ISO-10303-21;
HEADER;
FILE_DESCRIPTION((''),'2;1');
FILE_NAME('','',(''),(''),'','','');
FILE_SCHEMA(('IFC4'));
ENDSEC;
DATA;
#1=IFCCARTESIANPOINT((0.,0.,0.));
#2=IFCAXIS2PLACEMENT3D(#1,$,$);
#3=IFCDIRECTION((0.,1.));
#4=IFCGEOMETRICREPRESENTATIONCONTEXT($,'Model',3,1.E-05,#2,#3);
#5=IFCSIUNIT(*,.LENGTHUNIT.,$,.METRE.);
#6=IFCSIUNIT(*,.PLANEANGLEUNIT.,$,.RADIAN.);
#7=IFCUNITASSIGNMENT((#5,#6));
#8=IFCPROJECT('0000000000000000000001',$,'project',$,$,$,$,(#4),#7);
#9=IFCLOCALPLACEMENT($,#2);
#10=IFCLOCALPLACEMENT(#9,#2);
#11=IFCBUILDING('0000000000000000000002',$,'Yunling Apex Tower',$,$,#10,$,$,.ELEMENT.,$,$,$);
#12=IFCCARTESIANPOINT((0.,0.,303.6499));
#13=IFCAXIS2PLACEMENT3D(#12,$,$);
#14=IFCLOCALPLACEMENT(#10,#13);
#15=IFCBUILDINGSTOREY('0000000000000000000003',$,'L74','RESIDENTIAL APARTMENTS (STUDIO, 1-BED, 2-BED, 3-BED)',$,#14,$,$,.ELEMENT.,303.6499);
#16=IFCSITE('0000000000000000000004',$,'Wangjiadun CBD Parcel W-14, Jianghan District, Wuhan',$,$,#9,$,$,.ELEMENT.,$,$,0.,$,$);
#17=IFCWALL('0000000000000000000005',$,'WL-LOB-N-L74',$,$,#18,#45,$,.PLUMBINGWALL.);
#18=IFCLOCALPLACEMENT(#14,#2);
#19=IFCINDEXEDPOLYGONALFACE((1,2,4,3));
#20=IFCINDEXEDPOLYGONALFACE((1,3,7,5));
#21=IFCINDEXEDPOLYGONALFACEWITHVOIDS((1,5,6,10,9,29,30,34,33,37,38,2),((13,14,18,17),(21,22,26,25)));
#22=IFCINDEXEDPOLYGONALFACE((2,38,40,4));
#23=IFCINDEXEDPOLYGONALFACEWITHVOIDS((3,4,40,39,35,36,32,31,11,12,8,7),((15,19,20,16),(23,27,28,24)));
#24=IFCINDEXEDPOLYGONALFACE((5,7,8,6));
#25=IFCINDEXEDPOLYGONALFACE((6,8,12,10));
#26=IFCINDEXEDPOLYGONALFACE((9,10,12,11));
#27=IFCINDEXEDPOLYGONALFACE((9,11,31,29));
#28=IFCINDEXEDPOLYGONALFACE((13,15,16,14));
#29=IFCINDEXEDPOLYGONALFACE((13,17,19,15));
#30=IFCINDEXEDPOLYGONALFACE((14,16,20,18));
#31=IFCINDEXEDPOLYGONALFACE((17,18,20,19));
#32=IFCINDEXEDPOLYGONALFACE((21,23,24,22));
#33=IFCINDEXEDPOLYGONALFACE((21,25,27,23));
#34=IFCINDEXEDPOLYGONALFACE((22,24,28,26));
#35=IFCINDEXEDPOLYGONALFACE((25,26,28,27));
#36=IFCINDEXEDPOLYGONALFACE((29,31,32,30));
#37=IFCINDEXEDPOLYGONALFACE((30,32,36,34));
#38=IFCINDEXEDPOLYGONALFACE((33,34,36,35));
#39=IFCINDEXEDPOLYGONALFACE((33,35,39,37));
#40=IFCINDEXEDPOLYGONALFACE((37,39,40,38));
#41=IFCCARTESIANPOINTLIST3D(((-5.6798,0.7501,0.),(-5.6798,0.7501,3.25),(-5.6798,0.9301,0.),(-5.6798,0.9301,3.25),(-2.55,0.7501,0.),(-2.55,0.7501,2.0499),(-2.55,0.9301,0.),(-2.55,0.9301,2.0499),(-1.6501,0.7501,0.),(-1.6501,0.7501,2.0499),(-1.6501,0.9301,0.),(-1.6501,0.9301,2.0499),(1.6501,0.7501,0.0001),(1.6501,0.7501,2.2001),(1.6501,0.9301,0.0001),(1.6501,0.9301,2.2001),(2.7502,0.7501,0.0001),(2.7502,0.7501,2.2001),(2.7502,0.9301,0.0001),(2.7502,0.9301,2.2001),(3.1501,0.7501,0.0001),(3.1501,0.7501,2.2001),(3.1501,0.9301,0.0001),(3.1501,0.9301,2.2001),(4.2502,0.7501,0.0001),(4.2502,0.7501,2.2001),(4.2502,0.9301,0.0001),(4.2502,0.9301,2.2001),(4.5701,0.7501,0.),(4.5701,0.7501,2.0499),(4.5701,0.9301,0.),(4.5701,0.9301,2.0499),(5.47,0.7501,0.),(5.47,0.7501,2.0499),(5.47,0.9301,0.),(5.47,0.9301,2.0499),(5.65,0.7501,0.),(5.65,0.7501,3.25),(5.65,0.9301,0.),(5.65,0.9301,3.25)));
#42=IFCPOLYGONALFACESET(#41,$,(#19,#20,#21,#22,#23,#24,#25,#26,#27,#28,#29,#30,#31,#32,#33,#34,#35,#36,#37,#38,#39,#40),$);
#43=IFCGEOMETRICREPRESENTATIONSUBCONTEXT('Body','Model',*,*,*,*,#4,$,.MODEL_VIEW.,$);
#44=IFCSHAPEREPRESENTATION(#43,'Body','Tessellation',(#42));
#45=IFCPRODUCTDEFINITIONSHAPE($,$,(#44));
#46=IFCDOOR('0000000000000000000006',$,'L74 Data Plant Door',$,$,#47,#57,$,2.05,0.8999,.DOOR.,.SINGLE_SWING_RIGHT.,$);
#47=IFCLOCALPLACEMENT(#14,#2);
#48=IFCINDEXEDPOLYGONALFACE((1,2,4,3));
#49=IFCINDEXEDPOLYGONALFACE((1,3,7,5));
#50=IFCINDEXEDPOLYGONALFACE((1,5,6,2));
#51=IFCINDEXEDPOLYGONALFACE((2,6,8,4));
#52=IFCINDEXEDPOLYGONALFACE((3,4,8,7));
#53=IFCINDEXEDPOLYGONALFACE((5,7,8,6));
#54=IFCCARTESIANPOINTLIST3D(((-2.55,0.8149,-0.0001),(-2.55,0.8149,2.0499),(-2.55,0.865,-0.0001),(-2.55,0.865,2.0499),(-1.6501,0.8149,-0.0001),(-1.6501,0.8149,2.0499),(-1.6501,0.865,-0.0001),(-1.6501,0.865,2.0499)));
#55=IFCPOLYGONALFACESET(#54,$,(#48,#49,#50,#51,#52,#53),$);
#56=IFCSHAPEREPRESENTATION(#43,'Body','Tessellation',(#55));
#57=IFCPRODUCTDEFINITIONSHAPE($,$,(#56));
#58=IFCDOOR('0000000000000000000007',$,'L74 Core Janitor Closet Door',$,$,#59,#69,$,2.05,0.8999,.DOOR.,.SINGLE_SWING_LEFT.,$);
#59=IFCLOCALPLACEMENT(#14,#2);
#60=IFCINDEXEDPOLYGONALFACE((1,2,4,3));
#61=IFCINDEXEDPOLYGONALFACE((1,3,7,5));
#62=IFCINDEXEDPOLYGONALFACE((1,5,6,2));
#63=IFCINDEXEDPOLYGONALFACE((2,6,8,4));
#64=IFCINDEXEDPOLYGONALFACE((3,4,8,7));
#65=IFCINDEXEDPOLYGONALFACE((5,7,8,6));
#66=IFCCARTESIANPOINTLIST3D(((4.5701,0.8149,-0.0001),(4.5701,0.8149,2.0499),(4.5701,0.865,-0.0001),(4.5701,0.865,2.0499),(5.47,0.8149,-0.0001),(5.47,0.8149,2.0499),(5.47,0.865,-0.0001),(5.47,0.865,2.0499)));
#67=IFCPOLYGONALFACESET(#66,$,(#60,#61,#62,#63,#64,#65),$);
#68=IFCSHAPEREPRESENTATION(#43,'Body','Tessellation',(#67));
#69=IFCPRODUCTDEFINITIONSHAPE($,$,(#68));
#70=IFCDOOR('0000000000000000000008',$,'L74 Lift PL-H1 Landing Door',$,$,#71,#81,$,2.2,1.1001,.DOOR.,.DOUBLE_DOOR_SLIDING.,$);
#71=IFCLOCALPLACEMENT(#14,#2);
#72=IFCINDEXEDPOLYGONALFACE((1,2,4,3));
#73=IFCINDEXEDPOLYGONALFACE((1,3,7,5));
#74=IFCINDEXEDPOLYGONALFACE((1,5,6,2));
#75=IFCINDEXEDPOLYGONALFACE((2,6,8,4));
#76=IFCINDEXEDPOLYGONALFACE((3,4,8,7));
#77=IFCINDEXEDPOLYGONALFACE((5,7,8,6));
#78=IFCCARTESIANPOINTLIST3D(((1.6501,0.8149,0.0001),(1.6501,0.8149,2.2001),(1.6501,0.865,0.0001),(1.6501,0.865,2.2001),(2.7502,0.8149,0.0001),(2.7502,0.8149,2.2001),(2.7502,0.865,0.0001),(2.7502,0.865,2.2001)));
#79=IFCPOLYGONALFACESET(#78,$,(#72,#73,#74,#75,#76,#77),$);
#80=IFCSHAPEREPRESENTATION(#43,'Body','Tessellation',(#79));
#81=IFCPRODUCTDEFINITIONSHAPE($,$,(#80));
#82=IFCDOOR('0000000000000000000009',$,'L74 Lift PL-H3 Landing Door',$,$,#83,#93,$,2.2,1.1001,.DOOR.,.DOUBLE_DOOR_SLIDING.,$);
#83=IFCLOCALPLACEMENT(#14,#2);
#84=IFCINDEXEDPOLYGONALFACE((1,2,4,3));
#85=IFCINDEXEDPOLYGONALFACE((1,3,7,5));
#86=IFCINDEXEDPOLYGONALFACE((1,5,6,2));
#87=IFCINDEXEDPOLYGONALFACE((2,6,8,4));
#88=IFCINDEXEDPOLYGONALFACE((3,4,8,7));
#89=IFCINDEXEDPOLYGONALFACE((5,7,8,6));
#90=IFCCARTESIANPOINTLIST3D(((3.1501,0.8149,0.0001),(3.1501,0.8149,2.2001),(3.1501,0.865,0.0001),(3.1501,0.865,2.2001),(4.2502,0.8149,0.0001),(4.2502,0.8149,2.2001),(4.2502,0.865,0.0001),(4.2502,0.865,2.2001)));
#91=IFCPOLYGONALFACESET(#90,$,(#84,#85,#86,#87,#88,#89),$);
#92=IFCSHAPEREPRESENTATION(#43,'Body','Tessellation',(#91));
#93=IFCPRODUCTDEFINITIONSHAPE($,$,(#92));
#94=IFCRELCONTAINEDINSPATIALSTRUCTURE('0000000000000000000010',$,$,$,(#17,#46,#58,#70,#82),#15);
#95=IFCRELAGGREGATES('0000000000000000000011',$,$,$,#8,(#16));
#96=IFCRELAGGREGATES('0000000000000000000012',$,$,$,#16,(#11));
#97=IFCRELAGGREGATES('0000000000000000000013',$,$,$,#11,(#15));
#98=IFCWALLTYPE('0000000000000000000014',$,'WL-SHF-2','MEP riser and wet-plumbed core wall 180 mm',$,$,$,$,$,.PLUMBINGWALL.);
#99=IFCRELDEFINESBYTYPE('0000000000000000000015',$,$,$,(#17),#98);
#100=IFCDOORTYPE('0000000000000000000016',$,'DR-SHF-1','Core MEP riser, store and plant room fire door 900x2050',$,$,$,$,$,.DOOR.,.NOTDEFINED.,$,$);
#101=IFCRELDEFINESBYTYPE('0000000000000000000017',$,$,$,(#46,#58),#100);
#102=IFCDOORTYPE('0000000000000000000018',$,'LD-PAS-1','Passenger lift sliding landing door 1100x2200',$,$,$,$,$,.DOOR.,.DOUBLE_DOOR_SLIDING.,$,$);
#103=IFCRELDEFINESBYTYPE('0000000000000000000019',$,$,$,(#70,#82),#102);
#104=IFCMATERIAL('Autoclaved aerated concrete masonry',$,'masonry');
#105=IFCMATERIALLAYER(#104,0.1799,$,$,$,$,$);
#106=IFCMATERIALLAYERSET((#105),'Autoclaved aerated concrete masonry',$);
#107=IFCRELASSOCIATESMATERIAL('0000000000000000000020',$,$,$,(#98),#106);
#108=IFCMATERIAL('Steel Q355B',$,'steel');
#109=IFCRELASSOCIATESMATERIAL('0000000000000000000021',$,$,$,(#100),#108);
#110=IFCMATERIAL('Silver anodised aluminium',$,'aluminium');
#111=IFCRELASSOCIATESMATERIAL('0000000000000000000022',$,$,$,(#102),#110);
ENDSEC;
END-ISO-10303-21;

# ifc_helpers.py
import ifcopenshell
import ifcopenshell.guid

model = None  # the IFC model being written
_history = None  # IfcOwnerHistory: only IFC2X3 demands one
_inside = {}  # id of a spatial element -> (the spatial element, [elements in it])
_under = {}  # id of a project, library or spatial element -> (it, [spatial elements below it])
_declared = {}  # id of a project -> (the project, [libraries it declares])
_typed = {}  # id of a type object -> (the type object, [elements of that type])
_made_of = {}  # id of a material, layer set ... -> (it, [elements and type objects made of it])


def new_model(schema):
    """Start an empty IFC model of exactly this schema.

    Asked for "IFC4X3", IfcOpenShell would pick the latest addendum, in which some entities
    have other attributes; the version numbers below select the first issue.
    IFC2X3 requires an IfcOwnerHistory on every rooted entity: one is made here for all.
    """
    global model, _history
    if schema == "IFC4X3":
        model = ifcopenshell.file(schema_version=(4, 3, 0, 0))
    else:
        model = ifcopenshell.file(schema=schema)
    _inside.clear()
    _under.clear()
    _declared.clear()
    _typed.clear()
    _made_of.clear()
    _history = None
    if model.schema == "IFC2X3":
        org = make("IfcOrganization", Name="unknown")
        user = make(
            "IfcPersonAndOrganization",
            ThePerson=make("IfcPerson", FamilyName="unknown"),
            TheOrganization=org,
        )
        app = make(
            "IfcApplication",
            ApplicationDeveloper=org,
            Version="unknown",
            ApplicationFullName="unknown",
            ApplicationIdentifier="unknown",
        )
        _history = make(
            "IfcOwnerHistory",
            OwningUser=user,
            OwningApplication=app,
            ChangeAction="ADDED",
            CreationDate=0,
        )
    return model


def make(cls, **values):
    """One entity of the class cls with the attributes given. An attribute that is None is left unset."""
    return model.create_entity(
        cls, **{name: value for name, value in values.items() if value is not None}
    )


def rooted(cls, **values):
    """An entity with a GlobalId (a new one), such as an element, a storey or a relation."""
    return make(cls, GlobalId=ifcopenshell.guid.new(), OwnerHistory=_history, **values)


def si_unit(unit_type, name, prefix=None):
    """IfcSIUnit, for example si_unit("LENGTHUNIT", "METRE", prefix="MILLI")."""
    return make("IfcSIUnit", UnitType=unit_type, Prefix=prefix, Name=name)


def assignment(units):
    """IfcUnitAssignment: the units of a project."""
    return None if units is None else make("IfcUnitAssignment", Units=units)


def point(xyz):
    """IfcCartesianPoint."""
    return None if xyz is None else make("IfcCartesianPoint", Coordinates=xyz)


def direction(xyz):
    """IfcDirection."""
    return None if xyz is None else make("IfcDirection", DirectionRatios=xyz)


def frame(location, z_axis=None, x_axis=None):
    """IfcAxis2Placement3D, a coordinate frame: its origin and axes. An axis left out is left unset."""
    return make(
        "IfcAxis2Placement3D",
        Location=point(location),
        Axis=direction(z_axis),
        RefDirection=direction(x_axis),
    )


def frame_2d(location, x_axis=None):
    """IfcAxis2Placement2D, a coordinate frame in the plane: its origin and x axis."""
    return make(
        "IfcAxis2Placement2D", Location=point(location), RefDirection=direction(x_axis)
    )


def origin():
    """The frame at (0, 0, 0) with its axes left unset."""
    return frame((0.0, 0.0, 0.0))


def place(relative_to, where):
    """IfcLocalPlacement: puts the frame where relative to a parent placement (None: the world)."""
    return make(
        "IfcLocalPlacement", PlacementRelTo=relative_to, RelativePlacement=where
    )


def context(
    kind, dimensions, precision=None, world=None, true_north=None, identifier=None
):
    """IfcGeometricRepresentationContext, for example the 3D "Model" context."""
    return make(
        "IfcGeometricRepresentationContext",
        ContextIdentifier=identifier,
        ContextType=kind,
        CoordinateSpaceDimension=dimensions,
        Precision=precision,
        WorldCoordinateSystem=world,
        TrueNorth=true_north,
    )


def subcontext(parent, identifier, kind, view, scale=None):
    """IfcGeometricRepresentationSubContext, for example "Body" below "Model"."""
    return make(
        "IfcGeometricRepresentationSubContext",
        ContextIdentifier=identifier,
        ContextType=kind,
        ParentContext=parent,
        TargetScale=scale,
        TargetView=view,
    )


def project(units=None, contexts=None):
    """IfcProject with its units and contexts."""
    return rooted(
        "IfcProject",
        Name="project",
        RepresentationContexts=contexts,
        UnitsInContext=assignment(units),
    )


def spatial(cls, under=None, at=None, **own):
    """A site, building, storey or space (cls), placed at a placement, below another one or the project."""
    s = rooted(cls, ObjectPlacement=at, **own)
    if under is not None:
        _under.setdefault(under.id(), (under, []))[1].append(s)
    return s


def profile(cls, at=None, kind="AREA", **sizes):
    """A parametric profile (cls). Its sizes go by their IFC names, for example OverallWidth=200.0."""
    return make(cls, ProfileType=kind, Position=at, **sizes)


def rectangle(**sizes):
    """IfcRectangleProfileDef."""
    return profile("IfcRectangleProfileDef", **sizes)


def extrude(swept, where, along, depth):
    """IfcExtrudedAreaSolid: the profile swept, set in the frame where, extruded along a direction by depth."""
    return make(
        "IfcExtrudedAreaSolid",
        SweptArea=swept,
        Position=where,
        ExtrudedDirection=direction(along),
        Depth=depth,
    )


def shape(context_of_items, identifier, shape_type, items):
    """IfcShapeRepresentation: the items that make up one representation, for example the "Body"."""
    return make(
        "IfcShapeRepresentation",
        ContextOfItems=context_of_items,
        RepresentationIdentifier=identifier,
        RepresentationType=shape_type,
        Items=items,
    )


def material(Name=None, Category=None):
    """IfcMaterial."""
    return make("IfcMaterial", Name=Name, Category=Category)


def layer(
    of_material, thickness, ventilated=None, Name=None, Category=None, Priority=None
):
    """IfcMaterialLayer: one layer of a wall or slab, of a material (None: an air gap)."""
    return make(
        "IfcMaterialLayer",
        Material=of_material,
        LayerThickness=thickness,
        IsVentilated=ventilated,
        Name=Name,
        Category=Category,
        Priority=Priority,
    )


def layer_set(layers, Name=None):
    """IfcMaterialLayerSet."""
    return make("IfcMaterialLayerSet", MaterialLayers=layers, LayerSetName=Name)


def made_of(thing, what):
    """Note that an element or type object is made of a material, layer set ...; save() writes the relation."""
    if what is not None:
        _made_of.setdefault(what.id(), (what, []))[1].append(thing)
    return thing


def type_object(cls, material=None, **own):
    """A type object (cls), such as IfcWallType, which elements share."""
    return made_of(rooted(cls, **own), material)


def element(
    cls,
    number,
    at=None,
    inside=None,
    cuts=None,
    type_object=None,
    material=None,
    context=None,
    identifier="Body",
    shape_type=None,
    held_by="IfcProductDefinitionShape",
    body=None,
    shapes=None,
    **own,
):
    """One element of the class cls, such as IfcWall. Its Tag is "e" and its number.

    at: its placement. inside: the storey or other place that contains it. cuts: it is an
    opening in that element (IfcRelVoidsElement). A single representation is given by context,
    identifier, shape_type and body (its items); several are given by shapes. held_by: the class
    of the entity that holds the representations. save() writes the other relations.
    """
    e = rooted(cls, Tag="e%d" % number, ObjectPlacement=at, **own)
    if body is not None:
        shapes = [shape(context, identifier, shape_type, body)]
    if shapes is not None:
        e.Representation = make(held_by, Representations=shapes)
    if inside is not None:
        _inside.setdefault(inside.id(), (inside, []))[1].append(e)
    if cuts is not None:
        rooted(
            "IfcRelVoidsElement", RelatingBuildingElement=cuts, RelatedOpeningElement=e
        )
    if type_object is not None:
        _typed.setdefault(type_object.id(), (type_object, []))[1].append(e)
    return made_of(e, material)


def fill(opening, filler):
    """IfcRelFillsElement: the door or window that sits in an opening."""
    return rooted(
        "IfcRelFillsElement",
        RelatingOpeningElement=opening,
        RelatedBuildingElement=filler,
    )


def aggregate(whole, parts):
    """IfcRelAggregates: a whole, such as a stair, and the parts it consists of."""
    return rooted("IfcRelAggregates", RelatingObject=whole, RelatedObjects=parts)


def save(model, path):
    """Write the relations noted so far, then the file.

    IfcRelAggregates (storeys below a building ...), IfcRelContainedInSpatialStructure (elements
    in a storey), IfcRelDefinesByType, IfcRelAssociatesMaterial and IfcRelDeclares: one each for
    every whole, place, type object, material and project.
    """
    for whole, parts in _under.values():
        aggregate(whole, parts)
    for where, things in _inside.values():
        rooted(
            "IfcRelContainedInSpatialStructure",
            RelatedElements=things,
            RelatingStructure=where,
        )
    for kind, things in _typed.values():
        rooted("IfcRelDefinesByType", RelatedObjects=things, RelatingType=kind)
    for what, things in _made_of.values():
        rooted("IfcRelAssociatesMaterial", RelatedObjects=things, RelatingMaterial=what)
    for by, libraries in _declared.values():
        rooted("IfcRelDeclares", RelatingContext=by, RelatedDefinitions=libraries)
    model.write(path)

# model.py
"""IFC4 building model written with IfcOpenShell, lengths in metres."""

from ifc_helpers import new_model, si_unit, direction, frame, frame_2d, origin, place, context, subcontext, project, spatial, rectangle, extrude, material, layer, layer_set, type_object, element, fill, save


model = new_model("IFC4")

# Units and contexts
model_context = context("Model", 3, precision=1e-05, world=origin(), true_north=direction((0.0, 1.0)))
body_context = subcontext(model_context, "Body", "Model", "MODEL_VIEW")
ifc_project = project(units=[si_unit("LENGTHUNIT", "METRE"), si_unit("PLANEANGLEUNIT", "RADIAN")], contexts=[model_context])

# Site, building, storey
site_placement = place(None, origin())
site = spatial("IfcSite", under=ifc_project, at=site_placement, Name="Wangjiadun CBD Parcel W-14, Jianghan District, Wuhan", CompositionType="ELEMENT", RefElevation=0.0)
building_placement = place(site_placement, origin())
building = spatial("IfcBuilding", under=site, at=building_placement, Name="Yunling Apex Tower", CompositionType="ELEMENT")
storey_placement = place(building_placement, frame((0.0, 0.0, 303.6499)))
storey = spatial("IfcBuildingStorey", under=building, at=storey_placement, Name="L74", Description="RESIDENTIAL APARTMENTS (STUDIO, 1-BED, 2-BED, 3-BED)", CompositionType="ELEMENT", Elevation=303.6499)

# Shared definitions
ifc_material_1 = material(Name="Steel Q355B", Category="steel")

# Wall, openings, doors
ifc_material_2 = material(Name="Autoclaved aerated concrete masonry", Category="masonry")
ifc_layer_1 = layer(ifc_material_2, 0.1799)
ifc_layer_set_1 = layer_set([ifc_layer_1], Name="Autoclaved aerated concrete masonry")
wall_type_1 = type_object("IfcWallType", Name="WL-SHF-2", Description="MEP riser and wet-plumbed core wall 180 mm", PredefinedType="PLUMBINGWALL", material=ifc_layer_set_1)
wall_1_placement = place(storey_placement, frame((-5.6799, 0.8401, 0.0), z_axis=(0.0, 0.0, 1.0), x_axis=(1.0, 0.0, 0.0)))
wall_1 = element("IfcWall", 1, at=wall_1_placement, inside=storey, type_object=wall_type_1, Name="WL-LOB-N-L74", PredefinedType="PLUMBINGWALL", context=body_context, shape_type="SweptSolid", body=[
    extrude(rectangle(XDim=11.3298, YDim=0.1799, at=frame_2d((5.665, 0.0))), origin(), (0.0, 0.0, 1.0), 3.25),
])
opening_1_placement = place(wall_1_placement, frame((3.1299, 0.0, 0.0)))
opening_1 = element("IfcOpeningElement", 2, at=opening_1_placement, cuts=wall_1, PredefinedType="OPENING", context=body_context, shape_type="SweptSolid", body=[
    extrude(rectangle(XDim=0.8999, YDim=2.05, at=frame_2d((0.45, 1.0249))), frame((0.0, 0.1001, 0.0), z_axis=(0.0, -1.0, 0.0), x_axis=(1.0, 0.0, 0.0)), (0.0, 0.0, 1.0), 0.2),
])
opening_2_placement = place(wall_1_placement, frame((7.3301, 0.0, 0.0)))
opening_2 = element("IfcOpeningElement", 3, at=opening_2_placement, cuts=wall_1, PredefinedType="OPENING", context=body_context, shape_type="SweptSolid", body=[
    extrude(rectangle(XDim=1.1001, YDim=2.2, at=frame_2d((0.55, 1.1001))), frame((0.0, 0.1001, 0.0), z_axis=(0.0, -1.0, 0.0), x_axis=(1.0, 0.0, 0.0)), (0.0, 0.0, 1.0), 0.2),
])
opening_3_placement = place(wall_1_placement, frame((8.8301, 0.0, 0.0)))
opening_3 = element("IfcOpeningElement", 4, at=opening_3_placement, cuts=wall_1, PredefinedType="OPENING", context=body_context, shape_type="SweptSolid", body=[
    extrude(rectangle(XDim=1.1001, YDim=2.2, at=frame_2d((0.55, 1.1001))), frame((0.0, 0.1001, 0.0), z_axis=(0.0, -1.0, 0.0), x_axis=(1.0, 0.0, 0.0)), (0.0, 0.0, 1.0), 0.2),
])
opening_4_placement = place(wall_1_placement, frame((10.25, 0.0, 0.0)))
opening_4 = element("IfcOpeningElement", 5, at=opening_4_placement, cuts=wall_1, PredefinedType="OPENING", context=body_context, shape_type="SweptSolid", body=[
    extrude(rectangle(XDim=0.8999, YDim=2.05, at=frame_2d((0.45, 1.0249))), frame((0.0, 0.1001, 0.0), z_axis=(0.0, -1.0, 0.0), x_axis=(1.0, 0.0, 0.0)), (0.0, 0.0, 1.0), 0.2),
])
door_type_1 = type_object("IfcDoorType", Name="DR-SHF-1", Description="Core MEP riser, store and plant room fire door 900x2050", OperationType="NOTDEFINED", PredefinedType="DOOR", material=ifc_material_1)
door_1_placement = place(opening_1_placement, origin())
door_1 = element("IfcDoor", 6, at=door_1_placement, inside=storey, type_object=door_type_1, Name="L74 Data Plant Door", OperationType="SINGLE_SWING_RIGHT", OverallHeight=2.05, OverallWidth=0.8999, PredefinedType="DOOR", context=body_context, shape_type="SweptSolid", body=[
    extrude(rectangle(XDim=0.8999, YDim=2.05, at=frame_2d((0.45, 1.0249))), frame((0.0, 0.0249, 0.0), z_axis=(0.0, -1.0, 0.0), x_axis=(1.0, 0.0, 0.0)), (0.0, 0.0, 1.0), 0.05),
])
fill(opening_1, door_1)
door_2_placement = place(opening_4_placement, origin())
door_2 = element("IfcDoor", 7, at=door_2_placement, inside=storey, type_object=door_type_1, Name="L74 Core Janitor Closet Door", OperationType="SINGLE_SWING_LEFT", OverallHeight=2.05, OverallWidth=0.8999, PredefinedType="DOOR", context=body_context, shape_type="SweptSolid", body=[
    extrude(rectangle(XDim=0.8999, YDim=2.05, at=frame_2d((0.45, 1.0249))), frame((0.0, 0.0249, 0.0), z_axis=(0.0, -1.0, 0.0), x_axis=(1.0, 0.0, 0.0)), (0.0, 0.0, 1.0), 0.05),
])
fill(opening_4, door_2)
ifc_material_3 = material(Name="Silver anodised aluminium", Category="aluminium")
door_type_2 = type_object("IfcDoorType", Name="LD-PAS-1", Description="Passenger lift sliding landing door 1100x2200", OperationType="DOUBLE_DOOR_SLIDING", PredefinedType="DOOR", material=ifc_material_3)
door_3_placement = place(opening_2_placement, origin())
door_3 = element("IfcDoor", 8, at=door_3_placement, inside=storey, type_object=door_type_2, Name="L74 Lift PL-H1 Landing Door", OperationType="DOUBLE_DOOR_SLIDING", OverallHeight=2.2, OverallWidth=1.1001, PredefinedType="DOOR", context=body_context, shape_type="SweptSolid", body=[
    extrude(rectangle(XDim=1.1001, YDim=2.2, at=frame_2d((0.55, 1.1001))), frame((0.0, 0.0249, 0.0), z_axis=(0.0, -1.0, 0.0), x_axis=(1.0, 0.0, 0.0)), (0.0, 0.0, 1.0), 0.05),
])
fill(opening_2, door_3)
door_4_placement = place(opening_3_placement, origin())
door_4 = element("IfcDoor", 9, at=door_4_placement, inside=storey, type_object=door_type_2, Name="L74 Lift PL-H3 Landing Door", OperationType="DOUBLE_DOOR_SLIDING", OverallHeight=2.2, OverallWidth=1.1001, PredefinedType="DOOR", context=body_context, shape_type="SweptSolid", body=[
    extrude(rectangle(XDim=1.1001, YDim=2.2, at=frame_2d((0.55, 1.1001))), frame((0.0, 0.0249, 0.0), z_axis=(0.0, -1.0, 0.0), x_axis=(1.0, 0.0, 0.0)), (0.0, 0.0, 1.0), 0.05),
])
fill(opening_3, door_4)

save(model, "model.ifc")
